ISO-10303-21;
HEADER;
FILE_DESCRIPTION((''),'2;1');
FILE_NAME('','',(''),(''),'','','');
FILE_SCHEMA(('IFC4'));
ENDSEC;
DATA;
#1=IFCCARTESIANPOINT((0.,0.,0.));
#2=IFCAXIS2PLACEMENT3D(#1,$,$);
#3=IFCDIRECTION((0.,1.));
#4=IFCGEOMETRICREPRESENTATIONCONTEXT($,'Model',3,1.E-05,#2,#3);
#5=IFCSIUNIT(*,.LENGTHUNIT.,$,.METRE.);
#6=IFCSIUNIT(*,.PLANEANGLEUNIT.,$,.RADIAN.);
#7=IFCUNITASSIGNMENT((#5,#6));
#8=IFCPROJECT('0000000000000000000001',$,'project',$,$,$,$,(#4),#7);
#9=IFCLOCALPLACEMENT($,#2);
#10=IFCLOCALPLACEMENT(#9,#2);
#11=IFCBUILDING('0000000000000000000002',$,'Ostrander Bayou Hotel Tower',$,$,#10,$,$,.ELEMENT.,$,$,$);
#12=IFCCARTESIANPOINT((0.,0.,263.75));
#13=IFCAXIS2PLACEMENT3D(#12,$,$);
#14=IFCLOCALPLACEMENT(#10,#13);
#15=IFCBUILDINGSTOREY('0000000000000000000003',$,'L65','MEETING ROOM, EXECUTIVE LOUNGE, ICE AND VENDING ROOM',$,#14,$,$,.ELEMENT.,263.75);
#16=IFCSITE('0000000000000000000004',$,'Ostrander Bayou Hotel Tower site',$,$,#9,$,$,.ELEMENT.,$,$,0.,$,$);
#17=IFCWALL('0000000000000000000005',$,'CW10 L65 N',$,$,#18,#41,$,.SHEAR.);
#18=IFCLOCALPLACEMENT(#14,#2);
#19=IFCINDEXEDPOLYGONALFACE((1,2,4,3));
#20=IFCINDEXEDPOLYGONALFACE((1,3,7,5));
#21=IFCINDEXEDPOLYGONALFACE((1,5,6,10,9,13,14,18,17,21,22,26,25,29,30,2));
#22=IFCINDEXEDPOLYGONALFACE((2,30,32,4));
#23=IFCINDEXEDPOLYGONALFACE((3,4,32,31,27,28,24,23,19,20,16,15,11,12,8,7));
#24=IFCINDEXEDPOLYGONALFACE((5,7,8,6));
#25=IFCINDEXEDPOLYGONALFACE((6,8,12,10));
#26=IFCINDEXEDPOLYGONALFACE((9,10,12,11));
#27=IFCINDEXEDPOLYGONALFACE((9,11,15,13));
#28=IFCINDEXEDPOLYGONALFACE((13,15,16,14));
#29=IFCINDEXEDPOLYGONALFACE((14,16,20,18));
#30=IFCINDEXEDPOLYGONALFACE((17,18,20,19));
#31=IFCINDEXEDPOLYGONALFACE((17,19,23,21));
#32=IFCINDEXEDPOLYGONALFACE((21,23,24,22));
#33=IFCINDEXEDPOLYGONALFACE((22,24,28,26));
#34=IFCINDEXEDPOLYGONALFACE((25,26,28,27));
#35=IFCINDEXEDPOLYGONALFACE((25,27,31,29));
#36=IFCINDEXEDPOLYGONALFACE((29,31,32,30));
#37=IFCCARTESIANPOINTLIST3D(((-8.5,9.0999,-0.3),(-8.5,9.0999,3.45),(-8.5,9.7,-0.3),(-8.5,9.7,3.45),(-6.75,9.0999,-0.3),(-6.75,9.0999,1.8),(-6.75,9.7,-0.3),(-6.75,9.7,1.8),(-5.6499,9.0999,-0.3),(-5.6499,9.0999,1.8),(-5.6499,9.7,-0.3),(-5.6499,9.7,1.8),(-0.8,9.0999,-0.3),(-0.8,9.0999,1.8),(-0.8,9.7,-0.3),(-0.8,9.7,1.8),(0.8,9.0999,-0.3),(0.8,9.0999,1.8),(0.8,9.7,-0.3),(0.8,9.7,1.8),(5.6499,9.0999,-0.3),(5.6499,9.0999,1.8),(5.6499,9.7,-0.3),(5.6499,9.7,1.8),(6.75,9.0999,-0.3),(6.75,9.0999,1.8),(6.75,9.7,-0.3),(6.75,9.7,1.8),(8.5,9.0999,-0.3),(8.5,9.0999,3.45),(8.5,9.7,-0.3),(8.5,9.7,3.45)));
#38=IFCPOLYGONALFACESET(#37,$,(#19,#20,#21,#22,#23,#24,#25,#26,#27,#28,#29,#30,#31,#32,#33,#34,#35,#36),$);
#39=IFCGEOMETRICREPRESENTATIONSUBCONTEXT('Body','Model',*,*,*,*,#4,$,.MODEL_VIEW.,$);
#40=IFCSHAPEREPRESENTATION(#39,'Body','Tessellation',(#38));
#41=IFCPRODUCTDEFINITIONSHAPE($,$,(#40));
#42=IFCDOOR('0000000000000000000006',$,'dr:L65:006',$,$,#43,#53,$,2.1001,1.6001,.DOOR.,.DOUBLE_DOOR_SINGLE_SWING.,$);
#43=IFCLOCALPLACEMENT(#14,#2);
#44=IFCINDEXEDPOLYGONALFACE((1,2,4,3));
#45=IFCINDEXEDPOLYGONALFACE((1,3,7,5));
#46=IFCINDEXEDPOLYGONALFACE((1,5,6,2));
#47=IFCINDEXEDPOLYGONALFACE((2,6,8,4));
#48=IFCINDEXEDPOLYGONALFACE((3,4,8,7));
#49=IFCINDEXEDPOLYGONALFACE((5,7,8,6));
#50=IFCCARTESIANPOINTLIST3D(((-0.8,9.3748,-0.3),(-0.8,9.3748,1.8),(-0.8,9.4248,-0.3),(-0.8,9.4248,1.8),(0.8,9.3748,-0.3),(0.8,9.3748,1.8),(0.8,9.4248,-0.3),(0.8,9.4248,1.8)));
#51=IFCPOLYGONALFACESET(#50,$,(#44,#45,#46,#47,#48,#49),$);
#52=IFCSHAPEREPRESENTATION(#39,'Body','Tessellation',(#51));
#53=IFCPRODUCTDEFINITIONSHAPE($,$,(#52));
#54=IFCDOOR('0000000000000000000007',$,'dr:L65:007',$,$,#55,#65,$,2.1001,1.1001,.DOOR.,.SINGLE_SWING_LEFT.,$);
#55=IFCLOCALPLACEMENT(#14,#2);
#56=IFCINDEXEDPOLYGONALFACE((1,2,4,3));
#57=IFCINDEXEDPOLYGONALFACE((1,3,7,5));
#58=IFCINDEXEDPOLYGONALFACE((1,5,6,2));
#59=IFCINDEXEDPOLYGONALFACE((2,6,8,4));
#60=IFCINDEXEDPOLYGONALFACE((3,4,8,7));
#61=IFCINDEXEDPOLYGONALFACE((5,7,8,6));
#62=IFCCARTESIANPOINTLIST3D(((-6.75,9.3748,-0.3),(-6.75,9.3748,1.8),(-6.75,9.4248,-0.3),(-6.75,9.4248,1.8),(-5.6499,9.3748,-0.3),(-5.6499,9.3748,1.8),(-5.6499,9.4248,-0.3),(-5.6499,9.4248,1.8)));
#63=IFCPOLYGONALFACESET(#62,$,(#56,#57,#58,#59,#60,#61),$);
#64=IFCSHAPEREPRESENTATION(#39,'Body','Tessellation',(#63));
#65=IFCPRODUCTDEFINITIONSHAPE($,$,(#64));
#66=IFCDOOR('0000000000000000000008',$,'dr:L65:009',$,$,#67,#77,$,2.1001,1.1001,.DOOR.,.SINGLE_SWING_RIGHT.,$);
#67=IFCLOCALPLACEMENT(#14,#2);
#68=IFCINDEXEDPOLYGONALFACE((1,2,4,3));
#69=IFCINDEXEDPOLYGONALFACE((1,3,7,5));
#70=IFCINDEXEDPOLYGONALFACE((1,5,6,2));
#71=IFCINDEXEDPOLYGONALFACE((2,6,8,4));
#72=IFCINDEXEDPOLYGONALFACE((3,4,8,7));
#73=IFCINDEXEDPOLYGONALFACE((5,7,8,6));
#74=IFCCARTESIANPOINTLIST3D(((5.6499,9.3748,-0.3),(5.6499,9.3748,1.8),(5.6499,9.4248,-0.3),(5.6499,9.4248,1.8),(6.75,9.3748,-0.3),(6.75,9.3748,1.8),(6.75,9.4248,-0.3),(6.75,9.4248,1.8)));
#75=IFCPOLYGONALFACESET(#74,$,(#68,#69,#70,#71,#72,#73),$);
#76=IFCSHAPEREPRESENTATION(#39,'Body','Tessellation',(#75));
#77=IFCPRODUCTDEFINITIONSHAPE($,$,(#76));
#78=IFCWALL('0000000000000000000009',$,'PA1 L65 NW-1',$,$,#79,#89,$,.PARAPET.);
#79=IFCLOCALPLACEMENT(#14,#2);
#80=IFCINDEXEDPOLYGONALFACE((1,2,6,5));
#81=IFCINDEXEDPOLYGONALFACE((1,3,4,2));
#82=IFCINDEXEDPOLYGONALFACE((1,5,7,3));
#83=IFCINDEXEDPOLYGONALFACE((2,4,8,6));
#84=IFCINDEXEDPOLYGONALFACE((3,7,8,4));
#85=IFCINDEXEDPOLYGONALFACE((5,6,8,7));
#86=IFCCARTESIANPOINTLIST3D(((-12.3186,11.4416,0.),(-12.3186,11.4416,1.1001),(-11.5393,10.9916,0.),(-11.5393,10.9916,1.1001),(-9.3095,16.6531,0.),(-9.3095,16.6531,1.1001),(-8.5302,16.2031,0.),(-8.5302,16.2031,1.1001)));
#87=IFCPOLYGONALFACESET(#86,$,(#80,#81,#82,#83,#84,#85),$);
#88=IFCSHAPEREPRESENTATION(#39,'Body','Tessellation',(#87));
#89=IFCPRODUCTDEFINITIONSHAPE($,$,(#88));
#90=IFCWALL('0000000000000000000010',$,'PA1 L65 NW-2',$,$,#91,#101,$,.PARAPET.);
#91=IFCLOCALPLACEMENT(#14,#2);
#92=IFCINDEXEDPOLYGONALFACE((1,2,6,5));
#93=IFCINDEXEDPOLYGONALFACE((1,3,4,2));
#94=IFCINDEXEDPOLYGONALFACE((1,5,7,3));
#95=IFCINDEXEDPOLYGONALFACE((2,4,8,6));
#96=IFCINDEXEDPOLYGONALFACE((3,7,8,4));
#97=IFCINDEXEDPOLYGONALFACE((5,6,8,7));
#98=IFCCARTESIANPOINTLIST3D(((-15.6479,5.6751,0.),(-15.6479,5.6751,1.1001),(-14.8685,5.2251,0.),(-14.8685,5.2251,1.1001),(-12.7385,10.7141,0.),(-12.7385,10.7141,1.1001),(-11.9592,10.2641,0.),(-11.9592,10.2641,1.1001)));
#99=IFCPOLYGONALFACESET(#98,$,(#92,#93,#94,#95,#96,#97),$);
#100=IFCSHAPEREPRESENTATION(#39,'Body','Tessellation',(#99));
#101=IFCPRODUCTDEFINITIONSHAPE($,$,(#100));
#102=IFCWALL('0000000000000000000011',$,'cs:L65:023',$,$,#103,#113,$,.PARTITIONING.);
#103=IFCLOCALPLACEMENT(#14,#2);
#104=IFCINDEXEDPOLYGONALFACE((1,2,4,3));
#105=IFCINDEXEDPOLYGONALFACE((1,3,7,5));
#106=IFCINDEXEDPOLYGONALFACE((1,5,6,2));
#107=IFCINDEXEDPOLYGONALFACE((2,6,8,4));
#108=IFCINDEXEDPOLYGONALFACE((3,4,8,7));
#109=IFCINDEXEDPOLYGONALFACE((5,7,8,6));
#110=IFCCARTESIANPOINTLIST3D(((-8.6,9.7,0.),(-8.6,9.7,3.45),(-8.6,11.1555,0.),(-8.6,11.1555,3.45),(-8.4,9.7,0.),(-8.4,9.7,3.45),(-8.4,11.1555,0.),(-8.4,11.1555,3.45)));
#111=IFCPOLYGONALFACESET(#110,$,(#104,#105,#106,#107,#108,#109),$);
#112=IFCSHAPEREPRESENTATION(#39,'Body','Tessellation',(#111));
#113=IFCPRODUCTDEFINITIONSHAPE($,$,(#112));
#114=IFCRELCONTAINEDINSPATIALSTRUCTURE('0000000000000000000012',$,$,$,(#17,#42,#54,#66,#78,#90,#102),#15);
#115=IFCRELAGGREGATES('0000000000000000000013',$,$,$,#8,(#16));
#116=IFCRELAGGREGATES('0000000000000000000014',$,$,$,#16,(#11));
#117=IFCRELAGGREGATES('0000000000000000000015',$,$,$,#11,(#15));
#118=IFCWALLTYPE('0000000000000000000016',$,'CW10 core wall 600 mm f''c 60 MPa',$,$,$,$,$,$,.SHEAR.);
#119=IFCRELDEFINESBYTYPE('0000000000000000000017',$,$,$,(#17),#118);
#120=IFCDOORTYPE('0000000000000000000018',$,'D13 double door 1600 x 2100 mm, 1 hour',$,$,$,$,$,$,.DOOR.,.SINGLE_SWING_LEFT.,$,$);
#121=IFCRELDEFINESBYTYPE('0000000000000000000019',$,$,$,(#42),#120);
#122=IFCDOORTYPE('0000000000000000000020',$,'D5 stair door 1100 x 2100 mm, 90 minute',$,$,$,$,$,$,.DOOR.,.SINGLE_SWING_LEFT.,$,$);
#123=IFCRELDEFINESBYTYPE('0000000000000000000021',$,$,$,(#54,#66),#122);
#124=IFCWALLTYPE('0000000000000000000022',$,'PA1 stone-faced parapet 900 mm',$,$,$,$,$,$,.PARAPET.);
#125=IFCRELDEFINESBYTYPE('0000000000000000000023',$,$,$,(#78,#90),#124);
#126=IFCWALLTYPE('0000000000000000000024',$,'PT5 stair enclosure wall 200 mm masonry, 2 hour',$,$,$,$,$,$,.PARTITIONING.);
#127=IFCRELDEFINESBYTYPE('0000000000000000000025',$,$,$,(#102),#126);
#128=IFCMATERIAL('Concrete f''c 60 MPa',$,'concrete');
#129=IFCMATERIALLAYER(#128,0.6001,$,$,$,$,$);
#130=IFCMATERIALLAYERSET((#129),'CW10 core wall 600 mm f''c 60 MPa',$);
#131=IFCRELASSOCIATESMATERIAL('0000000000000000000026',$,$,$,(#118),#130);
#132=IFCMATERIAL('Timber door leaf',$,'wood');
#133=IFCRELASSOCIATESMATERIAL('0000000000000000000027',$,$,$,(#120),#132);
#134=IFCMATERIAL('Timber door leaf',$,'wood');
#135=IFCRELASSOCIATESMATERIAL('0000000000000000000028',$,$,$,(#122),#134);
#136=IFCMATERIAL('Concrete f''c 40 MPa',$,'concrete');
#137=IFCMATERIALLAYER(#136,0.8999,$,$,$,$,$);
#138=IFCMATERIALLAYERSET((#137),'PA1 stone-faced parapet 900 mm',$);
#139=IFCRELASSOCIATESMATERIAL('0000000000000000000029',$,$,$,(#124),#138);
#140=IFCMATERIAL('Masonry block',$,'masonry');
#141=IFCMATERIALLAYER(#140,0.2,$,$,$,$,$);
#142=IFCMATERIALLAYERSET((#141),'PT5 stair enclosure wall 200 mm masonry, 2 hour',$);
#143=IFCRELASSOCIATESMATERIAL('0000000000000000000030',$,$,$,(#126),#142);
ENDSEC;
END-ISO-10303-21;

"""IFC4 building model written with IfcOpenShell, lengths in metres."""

from ifc_helpers import new_model, si_unit, direction, frame, frame_2d, origin, place, context, subcontext, project, spatial, rectangle, extrude, material, layer, layer_set, type_object, element, fill, save


model = new_model("IFC4")

# Units and contexts
model_context = context("Model", 3, precision=1e-05, world=origin(), true_north=direction((0.0, 1.0)))
body_context = subcontext(model_context, "Body", "Model", "MODEL_VIEW")
ifc_project = project(units=[si_unit("LENGTHUNIT", "METRE"), si_unit("PLANEANGLEUNIT", "RADIAN")], contexts=[model_context])

# Site, building, storey
site_placement = place(None, origin())
site = spatial("IfcSite", under=ifc_project, at=site_placement, Name="Ostrander Bayou Hotel Tower site", CompositionType="ELEMENT", RefElevation=0.0)
building_placement = place(site_placement, origin())
building = spatial("IfcBuilding", under=site, at=building_placement, Name="Ostrander Bayou Hotel Tower", CompositionType="ELEMENT")
storey_placement = place(building_placement, frame((0.0, 0.0, 263.75)))
storey = spatial("IfcBuildingStorey", under=building, at=storey_placement, Name="L65", Description="MEETING ROOM, EXECUTIVE LOUNGE, ICE AND VENDING ROOM", CompositionType="ELEMENT", Elevation=263.75)

# Wall, openings, doors
ifc_material_1 = material(Name="Concrete f'c 60 MPa", Category="concrete")
ifc_layer_1 = layer(ifc_material_1, 0.6001)
ifc_layer_set_1 = layer_set([ifc_layer_1], Name="CW10 core wall 600 mm f'c 60 MPa")
wall_type_1 = type_object("IfcWallType", Name="CW10 core wall 600 mm f'c 60 MPa", PredefinedType="SHEAR", material=ifc_layer_set_1)
wall_1_placement = place(storey_placement, frame((-8.5, 9.3999, -0.3), z_axis=(0.0, 0.0, 1.0), x_axis=(1.0, 0.0, 0.0)))
wall_1 = element("IfcWall", 1, at=wall_1_placement, inside=storey, type_object=wall_type_1, Name="CW10 L65 N", PredefinedType="SHEAR", context=body_context, shape_type="SweptSolid", body=[
    extrude(rectangle(XDim=17.0, YDim=0.6001, at=frame_2d((8.5, 0.0))), origin(), (0.0, 0.0, 1.0), 3.75),
])
opening_1_placement = place(wall_1_placement, frame((7.7, 0.0, 0.0)))
opening_1 = element("IfcOpeningElement", 2, at=opening_1_placement, cuts=wall_1, PredefinedType="OPENING", context=body_context, shape_type="SweptSolid", body=[
    extrude(rectangle(XDim=1.6001, YDim=2.1001, at=frame_2d((0.8, 1.05))), frame((0.0, 0.3, 0.0), z_axis=(0.0, -1.0, 0.0), x_axis=(1.0, 0.0, 0.0)), (0.0, 0.0, 1.0), 0.6001),
])
opening_2_placement = place(wall_1_placement, frame((1.75, 0.0, 0.0)))
opening_2 = element("IfcOpeningElement", 3, at=opening_2_placement, cuts=wall_1, PredefinedType="OPENING", context=body_context, shape_type="SweptSolid", body=[
    extrude(rectangle(XDim=1.1001, YDim=2.1001, at=frame_2d((0.55, 1.05))), frame((0.0, 0.3, 0.0), z_axis=(0.0, -1.0, 0.0), x_axis=(1.0, 0.0, 0.0)), (0.0, 0.0, 1.0), 0.6001),
])
opening_3_placement = place(wall_1_placement, frame((14.1499, 0.0, 0.0)))
opening_3 = element("IfcOpeningElement", 4, at=opening_3_placement, cuts=wall_1, PredefinedType="OPENING", context=body_context, shape_type="SweptSolid", body=[
    extrude(rectangle(XDim=1.1001, YDim=2.1001, at=frame_2d((0.55, 1.05))), frame((0.0, 0.3, 0.0), z_axis=(0.0, -1.0, 0.0), x_axis=(1.0, 0.0, 0.0)), (0.0, 0.0, 1.0), 0.6001),
])
ifc_material_2 = material(Name="Timber door leaf", Category="wood")
door_type_1 = type_object("IfcDoorType", Name="D13 double door 1600 x 2100 mm, 1 hour", OperationType="SINGLE_SWING_LEFT", PredefinedType="DOOR", material=ifc_material_2)
door_1_placement = place(opening_1_placement, origin())
door_1 = element("IfcDoor", 5, at=door_1_placement, inside=storey, type_object=door_type_1, Name="dr:L65:006", OperationType="DOUBLE_DOOR_SINGLE_SWING", OverallHeight=2.1001, OverallWidth=1.6001, PredefinedType="DOOR", context=body_context, shape_type="SweptSolid", body=[
    extrude(rectangle(XDim=1.6001, YDim=2.1001, at=frame_2d((0.8, 1.05))), frame((0.0, 0.0249, 0.0), z_axis=(0.0, -1.0, 0.0), x_axis=(1.0, 0.0, 0.0)), (0.0, 0.0, 1.0), 0.05),
])
fill(opening_1, door_1)
ifc_material_3 = material(Name="Timber door leaf", Category="wood")
door_type_2 = type_object("IfcDoorType", Name="D5 stair door 1100 x 2100 mm, 90 minute", OperationType="SINGLE_SWING_LEFT", PredefinedType="DOOR", material=ifc_material_3)
door_2_placement = place(opening_2_placement, origin())
door_2 = element("IfcDoor", 6, at=door_2_placement, inside=storey, type_object=door_type_2, Name="dr:L65:007", OperationType="SINGLE_SWING_LEFT", OverallHeight=2.1001, OverallWidth=1.1001, PredefinedType="DOOR", context=body_context, shape_type="SweptSolid", body=[
    extrude(rectangle(XDim=1.1001, YDim=2.1001, at=frame_2d((0.55, 1.05))), frame((0.0, 0.0249, 0.0), z_axis=(0.0, -1.0, 0.0), x_axis=(1.0, 0.0, 0.0)), (0.0, 0.0, 1.0), 0.05),
])
fill(opening_2, door_2)
door_3_placement = place(opening_3_placement, origin())
door_3 = element("IfcDoor", 7, at=door_3_placement, inside=storey, type_object=door_type_2, Name="dr:L65:009", OperationType="SINGLE_SWING_RIGHT", OverallHeight=2.1001, OverallWidth=1.1001, PredefinedType="DOOR", context=body_context, shape_type="SweptSolid", body=[
    extrude(rectangle(XDim=1.1001, YDim=2.1001, at=frame_2d((0.55, 1.05))), frame((0.0, 0.0249, 0.0), z_axis=(0.0, -1.0, 0.0), x_axis=(1.0, 0.0, 0.0)), (0.0, 0.0, 1.0), 0.05),
])
fill(opening_3, door_3)

# Walls
ifc_material_4 = material(Name="Concrete f'c 40 MPa", Category="concrete")
ifc_layer_2 = layer(ifc_material_4, 0.8999)
ifc_layer_set_2 = layer_set([ifc_layer_2], Name="PA1 stone-faced parapet 900 mm")
wall_type_2 = type_object("IfcWallType", Name="PA1 stone-faced parapet 900 mm", PredefinedType="PARAPET", material=ifc_layer_set_2)
wall_2_placement = place(storey_placement, frame((-8.9199, 16.428, 0.0), z_axis=(0.0, 0.0, 1.0), x_axis=(-0.500027, -0.86601, 0.0)))
element("IfcWall", 8, at=wall_2_placement, inside=storey, type_object=wall_type_2, Name="PA1 L65 NW-1", PredefinedType="PARAPET", context=body_context, shape_type="SweptSolid", body=[
    extrude(rectangle(XDim=6.0178, YDim=0.8999, at=frame_2d((3.0088, 0.0))), origin(), (0.0, 0.0, 1.0), 1.1001),
])
wall_3_placement = place(storey_placement, frame((-12.3489, 10.489, 0.0), z_axis=(0.0, 0.0, 1.0), x_axis=(-0.500015, -0.866016, 0.0)))
element("IfcWall", 9, at=wall_3_placement, inside=storey, type_object=wall_type_2, Name="PA1 L65 NW-2", PredefinedType="PARAPET", context=body_context, shape_type="SweptSolid", body=[
    extrude(rectangle(XDim=5.8186, YDim=0.8999, at=frame_2d((2.9092, 0.0))), origin(), (0.0, 0.0, 1.0), 1.1001),
])

# Shared definitions
ifc_material_5 = material(Name="Masonry block", Category="masonry")
ifc_layer_3 = layer(ifc_material_5, 0.2)
ifc_layer_set_3 = layer_set([ifc_layer_3], Name="PT5 stair enclosure wall 200 mm masonry, 2 hour")
wall_type_3 = type_object("IfcWallType", Name="PT5 stair enclosure wall 200 mm masonry, 2 hour", PredefinedType="PARTITIONING", material=ifc_layer_set_3)

# Wall
wall_4_placement = place(storey_placement, frame((-8.5, 9.7, 0.0), z_axis=(0.0, 0.0, 1.0), x_axis=(0.0, 1.0, 0.0)))
element("IfcWall", 10, at=wall_4_placement, inside=storey, type_object=wall_type_3, Name="cs:L65:023", PredefinedType="PARTITIONING", context=body_context, shape_type="SweptSolid", body=[
    extrude(rectangle(XDim=1.4556, YDim=0.2, at=frame_2d((0.7278, 0.0))), origin(), (0.0, 0.0, 1.0), 3.45),
])

save(model, "model.ifc")
